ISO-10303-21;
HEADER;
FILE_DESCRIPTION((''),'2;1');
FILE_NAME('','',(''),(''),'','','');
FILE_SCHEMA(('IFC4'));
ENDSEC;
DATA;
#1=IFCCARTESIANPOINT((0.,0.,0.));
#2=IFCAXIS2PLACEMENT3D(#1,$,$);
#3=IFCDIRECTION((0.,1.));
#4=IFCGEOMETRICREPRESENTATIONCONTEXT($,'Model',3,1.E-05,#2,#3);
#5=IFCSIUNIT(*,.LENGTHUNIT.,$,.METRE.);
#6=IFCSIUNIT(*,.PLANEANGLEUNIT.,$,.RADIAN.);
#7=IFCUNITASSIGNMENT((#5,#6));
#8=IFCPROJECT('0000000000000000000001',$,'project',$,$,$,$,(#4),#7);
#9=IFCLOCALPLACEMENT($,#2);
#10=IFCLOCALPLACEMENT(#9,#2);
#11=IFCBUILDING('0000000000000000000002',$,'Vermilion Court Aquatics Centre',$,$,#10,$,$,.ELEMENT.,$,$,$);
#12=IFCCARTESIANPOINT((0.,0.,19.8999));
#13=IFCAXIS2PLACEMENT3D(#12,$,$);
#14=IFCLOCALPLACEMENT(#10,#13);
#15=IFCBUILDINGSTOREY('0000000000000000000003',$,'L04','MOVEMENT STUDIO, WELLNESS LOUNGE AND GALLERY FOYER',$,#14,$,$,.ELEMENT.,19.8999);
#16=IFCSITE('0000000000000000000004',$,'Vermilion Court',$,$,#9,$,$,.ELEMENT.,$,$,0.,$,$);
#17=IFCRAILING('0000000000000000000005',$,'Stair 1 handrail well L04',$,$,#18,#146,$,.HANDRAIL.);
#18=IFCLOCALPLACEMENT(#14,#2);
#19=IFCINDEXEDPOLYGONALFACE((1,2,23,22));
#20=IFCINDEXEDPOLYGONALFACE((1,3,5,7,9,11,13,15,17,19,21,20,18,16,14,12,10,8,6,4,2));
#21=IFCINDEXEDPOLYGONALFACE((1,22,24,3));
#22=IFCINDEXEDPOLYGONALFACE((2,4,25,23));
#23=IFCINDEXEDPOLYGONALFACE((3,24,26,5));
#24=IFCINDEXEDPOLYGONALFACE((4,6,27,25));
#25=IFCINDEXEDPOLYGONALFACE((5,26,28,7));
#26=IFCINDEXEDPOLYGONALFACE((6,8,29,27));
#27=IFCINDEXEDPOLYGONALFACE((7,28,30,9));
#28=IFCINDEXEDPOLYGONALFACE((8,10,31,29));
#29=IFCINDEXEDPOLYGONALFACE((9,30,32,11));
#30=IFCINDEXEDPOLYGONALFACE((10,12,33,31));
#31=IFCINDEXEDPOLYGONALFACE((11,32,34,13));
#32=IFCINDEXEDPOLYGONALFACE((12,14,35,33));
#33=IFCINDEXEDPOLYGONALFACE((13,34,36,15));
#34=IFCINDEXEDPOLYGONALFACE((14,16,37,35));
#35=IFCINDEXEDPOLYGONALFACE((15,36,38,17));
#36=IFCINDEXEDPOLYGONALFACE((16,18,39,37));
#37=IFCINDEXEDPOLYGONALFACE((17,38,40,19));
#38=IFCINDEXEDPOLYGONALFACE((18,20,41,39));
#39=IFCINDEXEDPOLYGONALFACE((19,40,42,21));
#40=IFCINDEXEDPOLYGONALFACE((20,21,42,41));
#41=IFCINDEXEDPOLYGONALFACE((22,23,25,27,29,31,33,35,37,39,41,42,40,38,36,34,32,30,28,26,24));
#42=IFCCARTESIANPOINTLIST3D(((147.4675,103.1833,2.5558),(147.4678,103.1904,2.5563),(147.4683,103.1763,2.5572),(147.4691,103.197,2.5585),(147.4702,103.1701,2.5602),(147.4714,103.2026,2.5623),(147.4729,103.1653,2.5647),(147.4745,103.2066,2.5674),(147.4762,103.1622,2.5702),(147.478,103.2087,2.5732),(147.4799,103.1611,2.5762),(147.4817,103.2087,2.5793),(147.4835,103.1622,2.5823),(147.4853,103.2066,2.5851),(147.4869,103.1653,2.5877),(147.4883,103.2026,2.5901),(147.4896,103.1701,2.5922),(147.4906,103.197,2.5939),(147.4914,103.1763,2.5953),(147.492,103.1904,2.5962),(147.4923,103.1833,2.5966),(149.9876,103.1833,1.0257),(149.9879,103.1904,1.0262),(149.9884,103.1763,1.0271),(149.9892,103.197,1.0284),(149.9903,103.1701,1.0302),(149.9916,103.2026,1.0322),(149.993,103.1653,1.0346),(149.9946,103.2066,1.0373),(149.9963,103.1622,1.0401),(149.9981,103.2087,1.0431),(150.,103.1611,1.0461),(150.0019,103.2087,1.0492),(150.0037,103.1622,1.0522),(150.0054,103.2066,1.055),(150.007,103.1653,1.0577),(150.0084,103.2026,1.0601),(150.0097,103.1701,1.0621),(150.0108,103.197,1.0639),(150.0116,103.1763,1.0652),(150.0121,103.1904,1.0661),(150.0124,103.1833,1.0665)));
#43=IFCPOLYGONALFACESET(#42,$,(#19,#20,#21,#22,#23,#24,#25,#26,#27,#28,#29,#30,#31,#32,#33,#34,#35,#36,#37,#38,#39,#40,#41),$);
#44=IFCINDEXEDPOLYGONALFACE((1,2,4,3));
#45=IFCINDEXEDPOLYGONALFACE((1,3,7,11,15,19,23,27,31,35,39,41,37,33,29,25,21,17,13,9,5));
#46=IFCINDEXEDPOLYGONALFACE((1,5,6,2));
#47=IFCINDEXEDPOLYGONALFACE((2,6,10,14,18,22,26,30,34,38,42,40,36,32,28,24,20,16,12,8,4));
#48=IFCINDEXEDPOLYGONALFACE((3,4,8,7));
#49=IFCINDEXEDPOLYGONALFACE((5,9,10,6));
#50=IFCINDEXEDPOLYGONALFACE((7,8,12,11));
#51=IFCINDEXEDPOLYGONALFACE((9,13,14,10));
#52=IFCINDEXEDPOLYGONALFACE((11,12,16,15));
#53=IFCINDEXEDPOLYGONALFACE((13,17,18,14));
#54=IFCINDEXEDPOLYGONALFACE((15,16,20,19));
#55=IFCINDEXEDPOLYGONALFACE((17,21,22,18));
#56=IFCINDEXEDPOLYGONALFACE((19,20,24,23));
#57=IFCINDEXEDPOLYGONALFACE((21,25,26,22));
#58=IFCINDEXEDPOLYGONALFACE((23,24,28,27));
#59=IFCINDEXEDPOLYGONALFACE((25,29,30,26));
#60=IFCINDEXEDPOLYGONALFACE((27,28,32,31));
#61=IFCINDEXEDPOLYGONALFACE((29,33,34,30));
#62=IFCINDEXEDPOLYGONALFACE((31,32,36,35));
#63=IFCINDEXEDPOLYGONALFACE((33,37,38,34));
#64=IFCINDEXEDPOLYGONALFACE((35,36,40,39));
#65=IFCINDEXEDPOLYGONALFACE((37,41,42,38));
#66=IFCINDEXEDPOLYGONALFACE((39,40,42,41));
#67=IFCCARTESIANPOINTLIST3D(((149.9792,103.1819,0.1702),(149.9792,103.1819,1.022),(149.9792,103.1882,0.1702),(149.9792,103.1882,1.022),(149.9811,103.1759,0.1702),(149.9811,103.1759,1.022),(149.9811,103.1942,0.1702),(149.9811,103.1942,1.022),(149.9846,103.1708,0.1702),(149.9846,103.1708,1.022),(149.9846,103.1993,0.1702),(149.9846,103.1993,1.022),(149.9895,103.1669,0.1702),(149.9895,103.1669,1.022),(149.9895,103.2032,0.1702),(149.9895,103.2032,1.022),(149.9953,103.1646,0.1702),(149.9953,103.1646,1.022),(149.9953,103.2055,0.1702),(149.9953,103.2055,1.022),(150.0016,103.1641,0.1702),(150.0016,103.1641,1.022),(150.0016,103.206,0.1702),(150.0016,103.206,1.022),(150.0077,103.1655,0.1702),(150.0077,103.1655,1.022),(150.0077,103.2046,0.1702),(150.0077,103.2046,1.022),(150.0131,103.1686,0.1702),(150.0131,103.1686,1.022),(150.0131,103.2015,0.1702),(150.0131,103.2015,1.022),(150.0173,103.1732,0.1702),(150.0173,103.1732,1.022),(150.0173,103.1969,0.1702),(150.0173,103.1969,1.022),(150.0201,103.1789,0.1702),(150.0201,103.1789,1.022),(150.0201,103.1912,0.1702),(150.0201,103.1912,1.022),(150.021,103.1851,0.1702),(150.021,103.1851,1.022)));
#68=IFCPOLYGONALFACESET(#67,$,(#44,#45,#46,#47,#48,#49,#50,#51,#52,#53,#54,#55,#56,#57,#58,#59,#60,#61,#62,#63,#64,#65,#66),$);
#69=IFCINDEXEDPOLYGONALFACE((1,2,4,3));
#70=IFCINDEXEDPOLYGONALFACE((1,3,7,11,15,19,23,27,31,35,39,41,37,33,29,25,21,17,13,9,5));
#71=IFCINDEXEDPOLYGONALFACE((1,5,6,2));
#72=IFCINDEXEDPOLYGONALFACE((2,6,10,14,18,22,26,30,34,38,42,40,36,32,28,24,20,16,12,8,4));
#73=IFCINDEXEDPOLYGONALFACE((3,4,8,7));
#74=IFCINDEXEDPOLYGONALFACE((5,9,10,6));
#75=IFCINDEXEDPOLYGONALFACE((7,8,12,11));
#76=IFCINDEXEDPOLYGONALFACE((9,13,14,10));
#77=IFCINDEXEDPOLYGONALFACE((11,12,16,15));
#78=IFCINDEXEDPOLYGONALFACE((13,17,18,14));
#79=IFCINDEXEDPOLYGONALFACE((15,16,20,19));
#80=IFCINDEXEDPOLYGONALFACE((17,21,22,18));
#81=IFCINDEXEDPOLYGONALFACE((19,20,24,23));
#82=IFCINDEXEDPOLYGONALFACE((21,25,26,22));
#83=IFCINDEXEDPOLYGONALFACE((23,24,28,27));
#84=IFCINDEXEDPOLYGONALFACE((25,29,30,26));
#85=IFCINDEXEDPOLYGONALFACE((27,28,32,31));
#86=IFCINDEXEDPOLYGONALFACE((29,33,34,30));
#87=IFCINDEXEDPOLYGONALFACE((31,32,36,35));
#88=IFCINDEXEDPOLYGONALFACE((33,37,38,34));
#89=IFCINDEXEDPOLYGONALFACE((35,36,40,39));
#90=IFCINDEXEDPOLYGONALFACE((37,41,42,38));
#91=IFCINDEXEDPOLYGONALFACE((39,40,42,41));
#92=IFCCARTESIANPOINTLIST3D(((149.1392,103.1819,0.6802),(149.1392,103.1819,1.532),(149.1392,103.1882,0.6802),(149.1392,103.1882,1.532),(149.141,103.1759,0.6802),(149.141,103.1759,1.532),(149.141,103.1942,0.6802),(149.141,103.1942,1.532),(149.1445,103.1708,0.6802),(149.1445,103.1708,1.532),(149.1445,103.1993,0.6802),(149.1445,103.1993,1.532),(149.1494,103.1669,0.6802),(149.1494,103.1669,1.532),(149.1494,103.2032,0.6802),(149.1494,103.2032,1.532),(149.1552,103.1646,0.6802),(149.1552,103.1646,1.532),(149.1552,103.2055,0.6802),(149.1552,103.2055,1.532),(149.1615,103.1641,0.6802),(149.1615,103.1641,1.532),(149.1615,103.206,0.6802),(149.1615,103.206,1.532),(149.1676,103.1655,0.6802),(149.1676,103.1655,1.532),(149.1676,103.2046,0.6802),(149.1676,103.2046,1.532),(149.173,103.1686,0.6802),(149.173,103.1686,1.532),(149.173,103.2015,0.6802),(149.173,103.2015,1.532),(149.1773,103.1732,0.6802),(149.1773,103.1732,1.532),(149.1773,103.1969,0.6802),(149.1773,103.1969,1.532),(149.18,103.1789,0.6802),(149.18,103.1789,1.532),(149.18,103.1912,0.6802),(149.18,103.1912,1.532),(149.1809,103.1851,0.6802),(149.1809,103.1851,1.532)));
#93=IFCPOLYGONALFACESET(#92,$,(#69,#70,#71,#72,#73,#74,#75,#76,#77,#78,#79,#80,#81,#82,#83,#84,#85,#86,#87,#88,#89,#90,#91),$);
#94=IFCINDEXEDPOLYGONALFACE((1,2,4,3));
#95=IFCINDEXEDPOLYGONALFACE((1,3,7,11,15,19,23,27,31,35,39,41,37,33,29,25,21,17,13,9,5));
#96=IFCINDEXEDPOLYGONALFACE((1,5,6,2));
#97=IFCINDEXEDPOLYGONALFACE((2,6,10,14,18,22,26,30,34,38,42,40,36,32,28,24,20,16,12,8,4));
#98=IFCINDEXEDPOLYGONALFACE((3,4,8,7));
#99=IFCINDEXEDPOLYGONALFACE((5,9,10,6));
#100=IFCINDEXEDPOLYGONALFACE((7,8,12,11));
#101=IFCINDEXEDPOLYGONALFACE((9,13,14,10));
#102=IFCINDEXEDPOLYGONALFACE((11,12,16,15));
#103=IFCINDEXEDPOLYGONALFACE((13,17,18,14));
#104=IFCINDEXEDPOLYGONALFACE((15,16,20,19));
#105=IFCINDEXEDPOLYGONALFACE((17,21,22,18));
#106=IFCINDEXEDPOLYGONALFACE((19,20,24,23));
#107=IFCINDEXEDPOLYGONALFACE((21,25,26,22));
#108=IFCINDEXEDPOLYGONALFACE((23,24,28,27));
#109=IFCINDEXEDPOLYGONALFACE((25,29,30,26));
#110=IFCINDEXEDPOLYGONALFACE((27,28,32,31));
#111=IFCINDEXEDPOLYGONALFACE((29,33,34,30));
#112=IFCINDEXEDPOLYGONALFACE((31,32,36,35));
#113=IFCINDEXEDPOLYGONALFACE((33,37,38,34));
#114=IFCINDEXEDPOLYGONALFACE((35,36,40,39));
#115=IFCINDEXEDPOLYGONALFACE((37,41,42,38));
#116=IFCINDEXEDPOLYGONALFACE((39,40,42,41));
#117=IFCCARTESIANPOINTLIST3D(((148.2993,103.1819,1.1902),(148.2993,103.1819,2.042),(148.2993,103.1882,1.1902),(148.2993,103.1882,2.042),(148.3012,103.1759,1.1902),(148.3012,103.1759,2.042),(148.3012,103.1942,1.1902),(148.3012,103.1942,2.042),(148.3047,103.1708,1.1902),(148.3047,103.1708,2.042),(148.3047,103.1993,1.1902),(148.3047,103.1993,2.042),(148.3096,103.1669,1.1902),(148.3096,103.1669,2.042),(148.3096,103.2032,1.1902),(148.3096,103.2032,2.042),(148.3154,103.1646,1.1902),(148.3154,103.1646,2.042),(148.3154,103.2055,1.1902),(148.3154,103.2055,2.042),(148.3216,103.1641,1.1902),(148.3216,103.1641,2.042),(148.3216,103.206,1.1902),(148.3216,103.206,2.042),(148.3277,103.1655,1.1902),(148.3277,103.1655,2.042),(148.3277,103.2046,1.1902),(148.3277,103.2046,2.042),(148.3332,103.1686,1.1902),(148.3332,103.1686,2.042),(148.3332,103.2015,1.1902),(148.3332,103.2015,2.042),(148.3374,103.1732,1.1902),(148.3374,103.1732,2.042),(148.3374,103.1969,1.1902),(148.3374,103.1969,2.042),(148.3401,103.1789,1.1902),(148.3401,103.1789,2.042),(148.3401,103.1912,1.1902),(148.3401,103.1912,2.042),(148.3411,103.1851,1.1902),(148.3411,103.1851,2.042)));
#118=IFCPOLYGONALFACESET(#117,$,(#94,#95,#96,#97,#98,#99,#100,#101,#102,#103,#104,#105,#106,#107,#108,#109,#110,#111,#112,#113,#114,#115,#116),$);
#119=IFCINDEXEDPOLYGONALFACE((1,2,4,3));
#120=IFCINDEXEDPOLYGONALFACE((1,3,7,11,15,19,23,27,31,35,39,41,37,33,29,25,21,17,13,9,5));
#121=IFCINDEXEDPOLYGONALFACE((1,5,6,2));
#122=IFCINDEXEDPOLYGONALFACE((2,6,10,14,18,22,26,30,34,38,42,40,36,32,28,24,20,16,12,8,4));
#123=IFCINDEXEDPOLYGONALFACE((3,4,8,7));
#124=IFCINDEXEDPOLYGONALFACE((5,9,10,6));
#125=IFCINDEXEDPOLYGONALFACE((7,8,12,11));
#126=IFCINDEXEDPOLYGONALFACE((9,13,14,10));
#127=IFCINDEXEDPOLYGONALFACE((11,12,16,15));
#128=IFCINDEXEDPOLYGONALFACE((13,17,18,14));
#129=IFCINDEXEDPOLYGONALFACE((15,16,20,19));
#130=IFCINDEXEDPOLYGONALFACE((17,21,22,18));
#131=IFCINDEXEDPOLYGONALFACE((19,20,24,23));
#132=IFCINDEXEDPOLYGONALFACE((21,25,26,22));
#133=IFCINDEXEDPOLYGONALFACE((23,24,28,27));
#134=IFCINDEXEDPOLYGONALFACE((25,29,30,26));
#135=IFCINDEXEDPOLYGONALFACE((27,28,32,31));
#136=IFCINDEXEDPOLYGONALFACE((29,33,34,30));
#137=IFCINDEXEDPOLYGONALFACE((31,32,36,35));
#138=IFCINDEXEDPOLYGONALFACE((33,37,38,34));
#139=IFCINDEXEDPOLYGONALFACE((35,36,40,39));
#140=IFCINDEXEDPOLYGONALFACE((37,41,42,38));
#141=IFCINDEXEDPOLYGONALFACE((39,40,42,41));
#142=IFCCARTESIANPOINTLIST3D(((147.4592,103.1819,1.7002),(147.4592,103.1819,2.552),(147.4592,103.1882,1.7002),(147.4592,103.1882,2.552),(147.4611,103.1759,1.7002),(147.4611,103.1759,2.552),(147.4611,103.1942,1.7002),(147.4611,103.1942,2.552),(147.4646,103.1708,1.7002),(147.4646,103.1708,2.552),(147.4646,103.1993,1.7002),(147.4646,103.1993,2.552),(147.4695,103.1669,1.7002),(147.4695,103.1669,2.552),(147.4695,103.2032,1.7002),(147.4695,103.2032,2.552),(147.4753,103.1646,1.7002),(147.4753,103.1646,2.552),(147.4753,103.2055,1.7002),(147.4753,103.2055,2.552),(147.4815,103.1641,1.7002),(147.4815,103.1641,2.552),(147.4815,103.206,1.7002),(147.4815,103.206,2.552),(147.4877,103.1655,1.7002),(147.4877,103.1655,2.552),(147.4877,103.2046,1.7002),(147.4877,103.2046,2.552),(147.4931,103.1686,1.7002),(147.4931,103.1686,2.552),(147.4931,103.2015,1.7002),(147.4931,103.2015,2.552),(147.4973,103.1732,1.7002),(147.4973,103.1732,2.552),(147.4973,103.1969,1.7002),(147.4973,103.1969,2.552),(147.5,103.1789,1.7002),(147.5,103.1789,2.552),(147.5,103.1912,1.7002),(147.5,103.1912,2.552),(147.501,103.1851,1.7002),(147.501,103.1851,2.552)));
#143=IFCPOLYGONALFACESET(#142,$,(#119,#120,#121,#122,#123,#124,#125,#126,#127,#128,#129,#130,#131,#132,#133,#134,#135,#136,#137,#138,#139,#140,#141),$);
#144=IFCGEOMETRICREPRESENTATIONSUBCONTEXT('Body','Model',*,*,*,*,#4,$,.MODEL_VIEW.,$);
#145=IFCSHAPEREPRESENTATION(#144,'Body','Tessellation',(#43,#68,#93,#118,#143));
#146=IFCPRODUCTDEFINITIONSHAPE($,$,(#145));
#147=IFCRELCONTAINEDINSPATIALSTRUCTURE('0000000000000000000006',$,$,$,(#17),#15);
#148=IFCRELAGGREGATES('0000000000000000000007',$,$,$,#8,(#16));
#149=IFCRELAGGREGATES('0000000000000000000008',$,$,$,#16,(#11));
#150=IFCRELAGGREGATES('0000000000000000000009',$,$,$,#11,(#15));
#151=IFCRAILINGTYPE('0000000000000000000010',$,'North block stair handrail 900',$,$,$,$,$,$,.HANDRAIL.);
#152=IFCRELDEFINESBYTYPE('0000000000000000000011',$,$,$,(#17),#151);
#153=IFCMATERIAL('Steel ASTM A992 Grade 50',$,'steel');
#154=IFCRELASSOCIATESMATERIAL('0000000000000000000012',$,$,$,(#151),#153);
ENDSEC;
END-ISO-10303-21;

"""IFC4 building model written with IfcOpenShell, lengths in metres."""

from ifc_helpers import new_model, si_unit, direction, frame, origin, origin_2d, place, context, subcontext, project, spatial, circle, extrude, material, type_object, element, save


model = new_model("IFC4")

# Units and contexts
model_context = context("Model", 3, precision=1e-05, world=origin(), true_north=direction((0.0, 1.0)))
body_context = subcontext(model_context, "Body", "Model", "MODEL_VIEW")
ifc_project = project(units=[si_unit("LENGTHUNIT", "METRE"), si_unit("PLANEANGLEUNIT", "RADIAN")], contexts=[model_context])

# Site, building, storey
site_placement = place(None, origin())
site = spatial("IfcSite", under=ifc_project, at=site_placement, Name="Vermilion Court", CompositionType="ELEMENT", RefElevation=0.0)
building_placement = place(site_placement, origin())
building = spatial("IfcBuilding", under=site, at=building_placement, Name="Vermilion Court Aquatics Centre", CompositionType="ELEMENT")
storey_placement = place(building_placement, frame((0.0, 0.0, 19.8999)))
storey = spatial("IfcBuildingStorey", under=building, at=storey_placement, Name="L04", Description="MOVEMENT STUDIO, WELLNESS LOUNGE AND GALLERY FOYER", CompositionType="ELEMENT", Elevation=19.8999)

# Railing
ifc_material_1 = material(Name="Steel ASTM A992 Grade 50", Category="steel")
railing_type_1 = type_object("IfcRailingType", Name="North block stair handrail 900", PredefinedType="HANDRAIL", material=ifc_material_1)
for number, where, name in (
    (1, (150.0, 103.1851, 0.1702), "Stair 1 handrail well L04"),
):
    element("IfcRailing", number, at=place(storey_placement, frame(where)), inside=storey, type_object=railing_type_1, Name=name, PredefinedType="HANDRAIL", context=body_context, shape_type="SweptSolid", body=[
        extrude(circle(Radius=0.0239, at=origin_2d()), frame((0.0, 0.0, 0.876), z_axis=(-0.854785, 0.0, 0.518982), x_axis=(0.0, -1.0, 0.0)), (0.0, 0.0, 1.0), 2.9482),
        extrude(circle(Radius=0.021, at=origin_2d()), origin(), (0.0, 0.0, 1.0), 0.8518),
        extrude(circle(Radius=0.021, at=origin_2d()), frame((-0.8401, 0.0, 0.51)), (0.0, 0.0, 1.0), 0.8518),
        extrude(circle(Radius=0.021, at=origin_2d()), frame((-1.6799, 0.0, 1.02)), (0.0, 0.0, 1.0), 0.8518),
        extrude(circle(Radius=0.021, at=origin_2d()), frame((-2.52, 0.0, 1.53)), (0.0, 0.0, 1.0), 0.8518),
    ])

save(model, "model.ifc")
